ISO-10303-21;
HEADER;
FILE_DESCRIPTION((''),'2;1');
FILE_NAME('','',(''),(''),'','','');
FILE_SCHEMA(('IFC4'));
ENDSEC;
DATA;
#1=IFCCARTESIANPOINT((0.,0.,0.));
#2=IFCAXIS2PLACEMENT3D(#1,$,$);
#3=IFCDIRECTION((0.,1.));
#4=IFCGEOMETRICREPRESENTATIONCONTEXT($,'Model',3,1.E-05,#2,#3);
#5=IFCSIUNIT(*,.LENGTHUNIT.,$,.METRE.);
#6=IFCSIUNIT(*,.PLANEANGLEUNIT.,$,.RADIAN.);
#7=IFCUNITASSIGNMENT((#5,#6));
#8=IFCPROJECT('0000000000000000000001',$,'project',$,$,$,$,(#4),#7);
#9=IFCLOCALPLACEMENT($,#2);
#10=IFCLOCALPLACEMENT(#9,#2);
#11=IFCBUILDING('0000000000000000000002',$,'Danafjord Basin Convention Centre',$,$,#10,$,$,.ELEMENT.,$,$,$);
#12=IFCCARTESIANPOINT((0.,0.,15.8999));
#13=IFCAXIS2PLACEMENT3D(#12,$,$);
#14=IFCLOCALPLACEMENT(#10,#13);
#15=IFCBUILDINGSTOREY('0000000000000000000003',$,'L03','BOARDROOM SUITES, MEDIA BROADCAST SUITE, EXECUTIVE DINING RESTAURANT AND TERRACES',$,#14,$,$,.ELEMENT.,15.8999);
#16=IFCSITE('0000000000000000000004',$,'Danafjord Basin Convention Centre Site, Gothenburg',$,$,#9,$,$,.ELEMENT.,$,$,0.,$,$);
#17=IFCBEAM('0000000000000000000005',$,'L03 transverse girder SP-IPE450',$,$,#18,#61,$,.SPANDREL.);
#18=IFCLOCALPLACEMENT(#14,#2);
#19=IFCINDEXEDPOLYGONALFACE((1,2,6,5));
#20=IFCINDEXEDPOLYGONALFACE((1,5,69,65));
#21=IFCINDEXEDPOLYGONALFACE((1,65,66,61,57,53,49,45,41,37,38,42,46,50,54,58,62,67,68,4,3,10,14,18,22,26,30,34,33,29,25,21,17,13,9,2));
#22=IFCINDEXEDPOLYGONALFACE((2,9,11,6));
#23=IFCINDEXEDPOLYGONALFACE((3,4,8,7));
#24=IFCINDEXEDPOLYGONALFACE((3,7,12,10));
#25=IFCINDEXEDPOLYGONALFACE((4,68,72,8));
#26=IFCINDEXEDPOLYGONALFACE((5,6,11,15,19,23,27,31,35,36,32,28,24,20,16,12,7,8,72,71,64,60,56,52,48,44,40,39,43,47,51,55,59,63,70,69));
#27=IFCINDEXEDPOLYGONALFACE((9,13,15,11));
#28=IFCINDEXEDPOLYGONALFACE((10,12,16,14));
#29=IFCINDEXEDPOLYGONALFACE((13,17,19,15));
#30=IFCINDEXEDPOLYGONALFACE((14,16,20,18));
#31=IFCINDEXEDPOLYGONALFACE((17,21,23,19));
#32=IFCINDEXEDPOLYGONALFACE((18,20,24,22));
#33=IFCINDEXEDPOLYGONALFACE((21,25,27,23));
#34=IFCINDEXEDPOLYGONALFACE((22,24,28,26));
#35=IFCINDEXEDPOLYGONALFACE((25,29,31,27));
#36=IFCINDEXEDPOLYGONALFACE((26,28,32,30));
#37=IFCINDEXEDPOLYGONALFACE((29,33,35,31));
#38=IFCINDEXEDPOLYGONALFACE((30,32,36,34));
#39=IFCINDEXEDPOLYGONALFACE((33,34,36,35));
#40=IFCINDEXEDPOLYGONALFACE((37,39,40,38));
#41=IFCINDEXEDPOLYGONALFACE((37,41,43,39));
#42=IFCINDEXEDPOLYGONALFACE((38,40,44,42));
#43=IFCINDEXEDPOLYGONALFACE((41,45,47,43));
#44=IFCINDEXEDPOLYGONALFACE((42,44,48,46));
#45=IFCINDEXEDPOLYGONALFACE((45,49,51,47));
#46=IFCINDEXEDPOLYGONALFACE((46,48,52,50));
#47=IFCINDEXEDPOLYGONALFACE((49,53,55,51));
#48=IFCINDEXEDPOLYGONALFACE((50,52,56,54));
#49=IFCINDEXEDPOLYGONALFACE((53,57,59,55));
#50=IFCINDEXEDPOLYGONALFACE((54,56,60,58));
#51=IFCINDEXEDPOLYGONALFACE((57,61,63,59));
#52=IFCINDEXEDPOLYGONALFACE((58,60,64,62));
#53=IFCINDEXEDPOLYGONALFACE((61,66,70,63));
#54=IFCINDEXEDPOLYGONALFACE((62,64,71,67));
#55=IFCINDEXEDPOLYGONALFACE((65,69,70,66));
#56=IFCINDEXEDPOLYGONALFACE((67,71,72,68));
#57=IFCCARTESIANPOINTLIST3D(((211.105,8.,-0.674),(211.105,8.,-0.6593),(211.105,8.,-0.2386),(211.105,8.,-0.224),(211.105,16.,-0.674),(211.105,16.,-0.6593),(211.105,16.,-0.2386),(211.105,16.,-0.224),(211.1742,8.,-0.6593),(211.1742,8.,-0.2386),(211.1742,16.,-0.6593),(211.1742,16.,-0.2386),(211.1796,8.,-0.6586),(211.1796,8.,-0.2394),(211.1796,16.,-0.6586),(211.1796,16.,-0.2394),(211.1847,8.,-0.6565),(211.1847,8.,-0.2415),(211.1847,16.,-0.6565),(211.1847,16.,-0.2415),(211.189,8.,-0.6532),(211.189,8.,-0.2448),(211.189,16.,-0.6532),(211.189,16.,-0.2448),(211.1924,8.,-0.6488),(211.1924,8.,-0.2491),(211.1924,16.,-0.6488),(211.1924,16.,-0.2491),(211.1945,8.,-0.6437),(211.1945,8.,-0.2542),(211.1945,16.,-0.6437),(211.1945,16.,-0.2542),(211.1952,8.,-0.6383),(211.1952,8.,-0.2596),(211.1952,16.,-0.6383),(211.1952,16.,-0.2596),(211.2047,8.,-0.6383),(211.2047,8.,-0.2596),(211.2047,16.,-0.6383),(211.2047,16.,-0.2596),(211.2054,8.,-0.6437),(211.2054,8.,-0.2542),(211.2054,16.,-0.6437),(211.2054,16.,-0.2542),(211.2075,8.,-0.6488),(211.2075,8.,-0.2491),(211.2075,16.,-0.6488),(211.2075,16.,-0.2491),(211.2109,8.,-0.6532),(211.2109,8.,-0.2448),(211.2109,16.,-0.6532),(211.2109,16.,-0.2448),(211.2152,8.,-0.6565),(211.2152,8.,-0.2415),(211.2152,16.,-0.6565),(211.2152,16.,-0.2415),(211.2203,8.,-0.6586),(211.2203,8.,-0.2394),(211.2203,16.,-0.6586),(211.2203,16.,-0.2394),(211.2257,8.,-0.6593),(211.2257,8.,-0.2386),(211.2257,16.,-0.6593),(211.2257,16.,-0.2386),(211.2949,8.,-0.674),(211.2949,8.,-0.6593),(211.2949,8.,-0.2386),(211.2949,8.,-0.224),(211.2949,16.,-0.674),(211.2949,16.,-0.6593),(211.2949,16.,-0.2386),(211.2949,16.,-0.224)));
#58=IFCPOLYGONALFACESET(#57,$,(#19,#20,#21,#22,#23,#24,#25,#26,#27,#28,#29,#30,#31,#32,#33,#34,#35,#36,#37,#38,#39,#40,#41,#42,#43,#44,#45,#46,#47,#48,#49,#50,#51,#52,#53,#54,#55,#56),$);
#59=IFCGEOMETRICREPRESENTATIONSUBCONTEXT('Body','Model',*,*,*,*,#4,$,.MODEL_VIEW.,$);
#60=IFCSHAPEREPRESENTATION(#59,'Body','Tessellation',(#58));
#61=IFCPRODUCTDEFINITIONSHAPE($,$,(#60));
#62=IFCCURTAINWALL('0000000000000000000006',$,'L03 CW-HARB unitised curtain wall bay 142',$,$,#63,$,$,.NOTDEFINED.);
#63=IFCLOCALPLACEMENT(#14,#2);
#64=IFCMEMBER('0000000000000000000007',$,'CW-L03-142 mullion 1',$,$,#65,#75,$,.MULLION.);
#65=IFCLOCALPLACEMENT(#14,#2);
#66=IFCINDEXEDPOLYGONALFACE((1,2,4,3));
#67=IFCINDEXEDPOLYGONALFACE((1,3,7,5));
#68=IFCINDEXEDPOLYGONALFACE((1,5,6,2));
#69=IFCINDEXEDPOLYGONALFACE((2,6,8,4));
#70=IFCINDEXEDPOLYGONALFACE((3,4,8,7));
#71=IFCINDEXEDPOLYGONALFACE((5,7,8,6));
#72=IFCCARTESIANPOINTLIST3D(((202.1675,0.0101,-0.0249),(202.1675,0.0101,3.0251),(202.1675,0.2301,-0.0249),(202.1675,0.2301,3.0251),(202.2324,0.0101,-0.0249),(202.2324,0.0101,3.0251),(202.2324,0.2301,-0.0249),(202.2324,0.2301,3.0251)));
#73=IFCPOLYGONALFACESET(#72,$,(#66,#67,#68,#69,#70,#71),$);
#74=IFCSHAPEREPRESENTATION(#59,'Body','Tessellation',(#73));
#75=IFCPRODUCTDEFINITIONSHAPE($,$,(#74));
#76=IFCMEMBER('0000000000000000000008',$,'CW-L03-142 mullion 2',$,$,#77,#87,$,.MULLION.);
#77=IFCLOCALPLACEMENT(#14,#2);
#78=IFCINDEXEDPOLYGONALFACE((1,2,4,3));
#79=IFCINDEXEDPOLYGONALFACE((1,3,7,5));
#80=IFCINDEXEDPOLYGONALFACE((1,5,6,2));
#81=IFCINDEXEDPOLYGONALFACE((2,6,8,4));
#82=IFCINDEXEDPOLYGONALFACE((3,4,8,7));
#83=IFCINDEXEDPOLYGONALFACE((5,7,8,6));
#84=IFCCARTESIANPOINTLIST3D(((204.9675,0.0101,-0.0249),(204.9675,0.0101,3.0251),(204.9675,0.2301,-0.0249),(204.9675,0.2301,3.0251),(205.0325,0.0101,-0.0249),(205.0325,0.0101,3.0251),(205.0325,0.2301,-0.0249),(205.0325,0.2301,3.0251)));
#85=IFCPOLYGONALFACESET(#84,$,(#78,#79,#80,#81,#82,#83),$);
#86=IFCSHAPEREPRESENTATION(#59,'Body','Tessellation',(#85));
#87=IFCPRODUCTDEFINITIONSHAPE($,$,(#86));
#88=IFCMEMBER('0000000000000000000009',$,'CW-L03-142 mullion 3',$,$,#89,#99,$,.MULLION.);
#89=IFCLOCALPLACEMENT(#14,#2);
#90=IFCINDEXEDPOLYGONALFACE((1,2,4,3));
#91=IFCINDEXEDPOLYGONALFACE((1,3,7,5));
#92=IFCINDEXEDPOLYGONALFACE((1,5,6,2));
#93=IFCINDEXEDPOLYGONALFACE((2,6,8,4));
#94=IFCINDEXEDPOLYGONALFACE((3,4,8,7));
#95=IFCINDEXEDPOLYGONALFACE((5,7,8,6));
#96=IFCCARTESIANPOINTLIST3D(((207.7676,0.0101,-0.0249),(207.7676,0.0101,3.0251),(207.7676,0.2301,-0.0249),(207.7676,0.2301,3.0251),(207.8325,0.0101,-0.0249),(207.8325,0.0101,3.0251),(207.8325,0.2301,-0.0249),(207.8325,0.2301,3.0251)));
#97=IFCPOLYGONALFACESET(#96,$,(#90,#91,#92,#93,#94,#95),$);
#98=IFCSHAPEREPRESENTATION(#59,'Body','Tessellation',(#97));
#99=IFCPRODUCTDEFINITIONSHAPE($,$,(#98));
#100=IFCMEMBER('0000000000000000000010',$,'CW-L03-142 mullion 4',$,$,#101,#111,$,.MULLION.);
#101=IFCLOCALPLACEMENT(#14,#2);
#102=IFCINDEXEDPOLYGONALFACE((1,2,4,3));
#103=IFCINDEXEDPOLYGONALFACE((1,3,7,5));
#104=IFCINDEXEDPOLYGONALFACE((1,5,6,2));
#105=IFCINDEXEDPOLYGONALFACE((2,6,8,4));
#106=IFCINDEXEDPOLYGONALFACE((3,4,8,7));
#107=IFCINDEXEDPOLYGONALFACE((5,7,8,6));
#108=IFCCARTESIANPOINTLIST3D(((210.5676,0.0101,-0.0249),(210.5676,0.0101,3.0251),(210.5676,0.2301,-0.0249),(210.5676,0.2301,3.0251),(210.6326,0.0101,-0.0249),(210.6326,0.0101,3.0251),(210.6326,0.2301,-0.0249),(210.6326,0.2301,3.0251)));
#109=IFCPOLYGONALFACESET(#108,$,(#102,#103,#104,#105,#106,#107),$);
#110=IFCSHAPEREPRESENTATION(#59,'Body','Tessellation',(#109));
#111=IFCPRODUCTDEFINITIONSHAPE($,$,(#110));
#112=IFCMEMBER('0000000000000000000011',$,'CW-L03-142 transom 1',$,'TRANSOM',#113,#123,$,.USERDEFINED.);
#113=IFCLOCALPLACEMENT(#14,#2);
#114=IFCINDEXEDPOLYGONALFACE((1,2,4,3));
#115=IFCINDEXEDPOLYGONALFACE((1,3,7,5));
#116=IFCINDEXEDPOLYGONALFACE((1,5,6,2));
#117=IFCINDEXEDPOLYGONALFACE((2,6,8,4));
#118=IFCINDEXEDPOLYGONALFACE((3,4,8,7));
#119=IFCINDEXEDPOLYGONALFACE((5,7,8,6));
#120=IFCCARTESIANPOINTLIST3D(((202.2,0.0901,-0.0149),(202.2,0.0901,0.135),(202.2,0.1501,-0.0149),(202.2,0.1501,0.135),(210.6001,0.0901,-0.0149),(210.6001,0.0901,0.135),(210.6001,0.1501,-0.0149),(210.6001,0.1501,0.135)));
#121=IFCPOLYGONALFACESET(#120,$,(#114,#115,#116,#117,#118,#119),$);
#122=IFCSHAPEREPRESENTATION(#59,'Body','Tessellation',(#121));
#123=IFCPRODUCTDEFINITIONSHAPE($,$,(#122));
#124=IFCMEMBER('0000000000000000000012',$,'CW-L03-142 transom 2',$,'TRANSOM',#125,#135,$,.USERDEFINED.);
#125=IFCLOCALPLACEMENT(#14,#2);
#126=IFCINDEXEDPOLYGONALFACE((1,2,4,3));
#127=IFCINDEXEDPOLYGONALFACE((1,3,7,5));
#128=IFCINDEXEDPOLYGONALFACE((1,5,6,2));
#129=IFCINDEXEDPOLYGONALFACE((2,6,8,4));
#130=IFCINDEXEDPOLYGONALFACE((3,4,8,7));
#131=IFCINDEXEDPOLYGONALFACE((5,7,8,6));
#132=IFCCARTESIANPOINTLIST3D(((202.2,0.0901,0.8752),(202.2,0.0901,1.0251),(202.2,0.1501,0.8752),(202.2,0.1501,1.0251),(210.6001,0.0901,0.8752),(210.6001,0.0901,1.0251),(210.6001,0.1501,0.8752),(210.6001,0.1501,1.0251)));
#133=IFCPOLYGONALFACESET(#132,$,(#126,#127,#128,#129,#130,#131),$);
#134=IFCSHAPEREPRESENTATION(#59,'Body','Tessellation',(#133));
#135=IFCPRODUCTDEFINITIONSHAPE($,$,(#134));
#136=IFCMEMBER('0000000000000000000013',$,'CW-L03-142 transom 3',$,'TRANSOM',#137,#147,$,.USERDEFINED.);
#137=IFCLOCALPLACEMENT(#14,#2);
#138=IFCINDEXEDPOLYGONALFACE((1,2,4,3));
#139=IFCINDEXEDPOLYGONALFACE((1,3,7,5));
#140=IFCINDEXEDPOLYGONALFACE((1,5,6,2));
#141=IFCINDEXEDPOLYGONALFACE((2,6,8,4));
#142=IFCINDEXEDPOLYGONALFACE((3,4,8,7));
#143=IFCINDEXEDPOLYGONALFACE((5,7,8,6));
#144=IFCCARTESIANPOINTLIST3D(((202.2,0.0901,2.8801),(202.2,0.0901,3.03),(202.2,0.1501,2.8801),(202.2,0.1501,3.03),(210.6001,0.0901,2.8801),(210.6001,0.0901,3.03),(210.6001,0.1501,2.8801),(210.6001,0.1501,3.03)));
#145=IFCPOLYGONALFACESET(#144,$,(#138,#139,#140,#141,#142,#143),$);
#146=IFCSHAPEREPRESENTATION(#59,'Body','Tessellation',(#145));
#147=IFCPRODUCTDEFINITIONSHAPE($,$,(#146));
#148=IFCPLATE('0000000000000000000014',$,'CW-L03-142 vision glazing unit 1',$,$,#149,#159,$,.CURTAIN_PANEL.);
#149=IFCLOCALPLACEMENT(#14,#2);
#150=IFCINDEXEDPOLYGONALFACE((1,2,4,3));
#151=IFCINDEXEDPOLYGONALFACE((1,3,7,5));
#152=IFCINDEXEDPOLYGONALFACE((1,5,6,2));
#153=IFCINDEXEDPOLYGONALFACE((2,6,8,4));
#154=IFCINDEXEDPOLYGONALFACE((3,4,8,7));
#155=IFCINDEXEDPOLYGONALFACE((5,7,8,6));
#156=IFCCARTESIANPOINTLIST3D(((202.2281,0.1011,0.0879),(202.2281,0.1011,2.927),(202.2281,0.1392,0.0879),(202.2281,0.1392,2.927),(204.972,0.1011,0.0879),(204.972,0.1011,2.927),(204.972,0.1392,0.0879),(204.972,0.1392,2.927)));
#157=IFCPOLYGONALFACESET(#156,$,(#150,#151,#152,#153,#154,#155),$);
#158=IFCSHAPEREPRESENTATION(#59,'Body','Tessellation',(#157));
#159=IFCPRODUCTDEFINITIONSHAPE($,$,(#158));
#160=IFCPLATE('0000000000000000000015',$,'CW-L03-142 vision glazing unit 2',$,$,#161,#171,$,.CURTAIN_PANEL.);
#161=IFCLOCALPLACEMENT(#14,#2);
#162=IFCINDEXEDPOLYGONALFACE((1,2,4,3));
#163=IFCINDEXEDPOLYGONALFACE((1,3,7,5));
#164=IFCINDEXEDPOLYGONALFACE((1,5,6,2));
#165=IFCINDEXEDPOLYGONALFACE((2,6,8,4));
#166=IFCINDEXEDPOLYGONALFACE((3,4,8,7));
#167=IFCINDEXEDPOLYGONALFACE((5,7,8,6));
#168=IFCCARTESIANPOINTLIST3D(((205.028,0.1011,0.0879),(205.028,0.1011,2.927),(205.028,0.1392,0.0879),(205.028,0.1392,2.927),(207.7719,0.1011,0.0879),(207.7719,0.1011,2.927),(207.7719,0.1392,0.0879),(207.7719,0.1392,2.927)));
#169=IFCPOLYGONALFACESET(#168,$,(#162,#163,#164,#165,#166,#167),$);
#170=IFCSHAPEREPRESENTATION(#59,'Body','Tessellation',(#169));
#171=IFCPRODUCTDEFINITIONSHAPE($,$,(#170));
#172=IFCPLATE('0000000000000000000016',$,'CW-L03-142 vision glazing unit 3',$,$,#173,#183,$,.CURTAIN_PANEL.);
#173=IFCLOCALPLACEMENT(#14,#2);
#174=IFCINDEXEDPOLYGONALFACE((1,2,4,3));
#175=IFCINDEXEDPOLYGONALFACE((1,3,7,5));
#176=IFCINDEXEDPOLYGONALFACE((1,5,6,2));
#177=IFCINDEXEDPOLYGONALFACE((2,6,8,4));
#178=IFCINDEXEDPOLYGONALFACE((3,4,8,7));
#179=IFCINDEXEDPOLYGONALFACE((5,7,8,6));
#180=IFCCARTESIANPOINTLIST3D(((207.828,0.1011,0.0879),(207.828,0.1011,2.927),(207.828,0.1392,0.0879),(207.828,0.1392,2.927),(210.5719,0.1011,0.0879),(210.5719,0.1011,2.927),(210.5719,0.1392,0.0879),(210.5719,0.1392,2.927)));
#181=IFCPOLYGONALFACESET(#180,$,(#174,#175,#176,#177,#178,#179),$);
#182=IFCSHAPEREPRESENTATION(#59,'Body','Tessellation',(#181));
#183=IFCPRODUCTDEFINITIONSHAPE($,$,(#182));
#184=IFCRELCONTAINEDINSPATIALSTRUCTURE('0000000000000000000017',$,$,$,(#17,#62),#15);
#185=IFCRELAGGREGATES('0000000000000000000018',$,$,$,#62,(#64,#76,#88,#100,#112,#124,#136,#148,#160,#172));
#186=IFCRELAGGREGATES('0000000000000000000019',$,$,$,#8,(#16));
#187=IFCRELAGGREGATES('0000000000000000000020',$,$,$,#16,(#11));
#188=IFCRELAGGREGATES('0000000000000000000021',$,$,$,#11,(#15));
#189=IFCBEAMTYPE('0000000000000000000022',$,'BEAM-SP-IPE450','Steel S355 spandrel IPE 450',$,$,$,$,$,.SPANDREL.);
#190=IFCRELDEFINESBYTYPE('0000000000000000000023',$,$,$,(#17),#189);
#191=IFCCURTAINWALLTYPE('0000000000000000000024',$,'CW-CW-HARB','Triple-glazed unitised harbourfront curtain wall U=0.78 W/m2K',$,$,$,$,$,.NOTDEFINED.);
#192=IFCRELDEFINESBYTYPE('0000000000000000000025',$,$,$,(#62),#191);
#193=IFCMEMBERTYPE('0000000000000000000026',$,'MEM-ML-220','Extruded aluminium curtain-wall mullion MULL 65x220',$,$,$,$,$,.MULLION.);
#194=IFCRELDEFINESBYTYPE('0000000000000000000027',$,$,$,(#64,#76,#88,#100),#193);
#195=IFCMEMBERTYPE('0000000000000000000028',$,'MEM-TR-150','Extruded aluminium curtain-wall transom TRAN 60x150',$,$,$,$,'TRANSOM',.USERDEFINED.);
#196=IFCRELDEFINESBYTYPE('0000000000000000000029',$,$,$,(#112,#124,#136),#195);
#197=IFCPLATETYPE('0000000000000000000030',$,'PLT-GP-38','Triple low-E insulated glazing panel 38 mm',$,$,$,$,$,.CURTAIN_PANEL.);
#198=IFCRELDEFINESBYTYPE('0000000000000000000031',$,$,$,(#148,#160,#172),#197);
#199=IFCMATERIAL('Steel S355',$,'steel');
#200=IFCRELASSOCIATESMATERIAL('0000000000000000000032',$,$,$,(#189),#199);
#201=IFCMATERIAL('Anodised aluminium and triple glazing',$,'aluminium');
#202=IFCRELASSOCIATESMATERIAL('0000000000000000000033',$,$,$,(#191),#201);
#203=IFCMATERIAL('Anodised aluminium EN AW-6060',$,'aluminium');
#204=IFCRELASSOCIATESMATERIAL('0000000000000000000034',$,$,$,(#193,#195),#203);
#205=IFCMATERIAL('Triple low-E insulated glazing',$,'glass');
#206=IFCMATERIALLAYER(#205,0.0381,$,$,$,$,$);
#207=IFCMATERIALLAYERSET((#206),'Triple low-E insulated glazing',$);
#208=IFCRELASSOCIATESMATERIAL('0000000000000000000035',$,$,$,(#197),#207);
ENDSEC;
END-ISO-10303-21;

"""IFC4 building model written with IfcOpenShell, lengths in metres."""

from ifc_helpers import new_model, si_unit, direction, frame, origin, origin_2d, place, context, subcontext, project, spatial, rectangle, i_section, extrude, material, layer, layer_set, material_profile, profile_set, type_object, element, aggregate, save


model = new_model("IFC4")

# Units and contexts
model_context = context("Model", 3, precision=1e-05, world=origin(), true_north=direction((0.0, 1.0)))
body_context = subcontext(model_context, "Body", "Model", "MODEL_VIEW")
ifc_project = project(units=[si_unit("LENGTHUNIT", "METRE"), si_unit("PLANEANGLEUNIT", "RADIAN")], contexts=[model_context])

# Site, building, storey
site_placement = place(None, origin())
site = spatial("IfcSite", under=ifc_project, at=site_placement, Name="Danafjord Basin Convention Centre Site, Gothenburg", CompositionType="ELEMENT", RefElevation=0.0)
building_placement = place(site_placement, origin())
building = spatial("IfcBuilding", under=site, at=building_placement, Name="Danafjord Basin Convention Centre", CompositionType="ELEMENT")
storey_placement = place(building_placement, frame((0.0, 0.0, 15.8999)))
storey = spatial("IfcBuildingStorey", under=building, at=storey_placement, Name="L03", Description="BOARDROOM SUITES, MEDIA BROADCAST SUITE, EXECUTIVE DINING RESTAURANT AND TERRACES", CompositionType="ELEMENT", Elevation=15.8999)

# Shared definitions
ifc_material_1 = material(Name="Steel S355", Category="steel")

# Beam
ifc_material_profile_1 = material_profile(ifc_material_1, i_section(OverallWidth=0.1899, OverallDepth=0.45, WebThickness=0.0095, FlangeThickness=0.0146, FilletRadius=0.021, at=origin_2d()), Name="IPE 450")
ifc_profile_set_1 = profile_set([ifc_material_profile_1], Name="Steel S355")
beam_type_1 = type_object("IfcBeamType", Name="BEAM-SP-IPE450", Description="Steel S355 spandrel IPE 450", PredefinedType="SPANDREL", material=ifc_profile_set_1)
beam_1_placement = place(storey_placement, frame((211.2, 8.0, -0.449), z_axis=(0.0, 1.0, 0.0), x_axis=(-1.0, 0.0, 0.0)))
element("IfcBeam", 1, at=beam_1_placement, inside=storey, type_object=beam_type_1, Name="L03 transverse girder SP-IPE450", PredefinedType="SPANDREL", context=body_context, shape_type="SweptSolid", body=[
    extrude(i_section(OverallWidth=0.1899, OverallDepth=0.45, WebThickness=0.0095, FlangeThickness=0.0146, FilletRadius=0.021, at=origin_2d()), origin(), (0.0, 0.0, 1.0), 8.0),
])

# Curtain wall, members, plates
ifc_material_2 = material(Name="Anodised aluminium and triple glazing", Category="aluminium")
curtain_wall_type = type_object("IfcCurtainWallType", Name="CW-CW-HARB", Description="Triple-glazed unitised harbourfront curtain wall U=0.78 W/m2K", PredefinedType="NOTDEFINED", material=ifc_material_2)
curtain_wall_placement = place(storey_placement, origin())
curtain_wall = element("IfcCurtainWall", 2, at=curtain_wall_placement, inside=storey, type_object=curtain_wall_type, Name="L03 CW-HARB unitised curtain wall bay 142", PredefinedType="NOTDEFINED")
ifc_material_3 = material(Name="Anodised aluminium EN AW-6060", Category="aluminium")
ifc_material_profile_2 = material_profile(ifc_material_3, rectangle(XDim=0.0649, YDim=0.22, at=origin_2d()), Name="MULL 65x220")
ifc_profile_set_2 = profile_set([ifc_material_profile_2], Name="Anodised aluminium EN AW-6060")
member_type_1 = type_object("IfcMemberType", Name="MEM-ML-220", Description="Extruded aluminium curtain-wall mullion MULL 65x220", PredefinedType="MULLION", material=ifc_profile_set_2)
member_1_placement = place(storey_placement, frame((202.2, 0.1201, -0.0249), z_axis=(0.0, 0.0, 1.0), x_axis=(1.0, 0.0, 0.0)))
member_1 = element("IfcMember", 3, at=member_1_placement, type_object=member_type_1, Name="CW-L03-142 mullion 1", PredefinedType="MULLION", context=body_context, shape_type="SweptSolid", body=[
    extrude(rectangle(XDim=0.0649, YDim=0.22, at=origin_2d()), origin(), (0.0, 0.0, 1.0), 3.05),
])
member_2_placement = place(storey_placement, frame((205.0, 0.1201, -0.0249), z_axis=(0.0, 0.0, 1.0), x_axis=(1.0, 0.0, 0.0)))
member_2 = element("IfcMember", 4, at=member_2_placement, type_object=member_type_1, Name="CW-L03-142 mullion 2", PredefinedType="MULLION", context=body_context, shape_type="SweptSolid", body=[
    extrude(rectangle(XDim=0.0649, YDim=0.22, at=origin_2d()), origin(), (0.0, 0.0, 1.0), 3.05),
])
member_3_placement = place(storey_placement, frame((207.8, 0.1201, -0.0249), z_axis=(0.0, 0.0, 1.0), x_axis=(1.0, 0.0, 0.0)))
member_3 = element("IfcMember", 5, at=member_3_placement, type_object=member_type_1, Name="CW-L03-142 mullion 3", PredefinedType="MULLION", context=body_context, shape_type="SweptSolid", body=[
    extrude(rectangle(XDim=0.0649, YDim=0.22, at=origin_2d()), origin(), (0.0, 0.0, 1.0), 3.05),
])
member_4_placement = place(storey_placement, frame((210.6001, 0.1201, -0.0249), z_axis=(0.0, 0.0, 1.0), x_axis=(1.0, 0.0, 0.0)))
member_4 = element("IfcMember", 6, at=member_4_placement, type_object=member_type_1, Name="CW-L03-142 mullion 4", PredefinedType="MULLION", context=body_context, shape_type="SweptSolid", body=[
    extrude(rectangle(XDim=0.0649, YDim=0.22, at=origin_2d()), origin(), (0.0, 0.0, 1.0), 3.05),
])
ifc_material_profile_3 = material_profile(ifc_material_3, rectangle(XDim=0.0601, YDim=0.1499, at=origin_2d()), Name="TRAN 60x150")
ifc_profile_set_3 = profile_set([ifc_material_profile_3], Name="Anodised aluminium EN AW-6060")
member_type_2 = type_object("IfcMemberType", Name="MEM-TR-150", Description="Extruded aluminium curtain-wall transom TRAN 60x150", ElementType="TRANSOM", PredefinedType="USERDEFINED", material=ifc_profile_set_3)
member_5_placement = place(storey_placement, frame((202.2, 0.1201, 0.0601), z_axis=(1.0, 0.0, 0.0), x_axis=(0.0, 1.0, 0.0)))
member_5 = element("IfcMember", 7, at=member_5_placement, type_object=member_type_2, Name="CW-L03-142 transom 1", ObjectType="TRANSOM", PredefinedType="USERDEFINED", context=body_context, shape_type="SweptSolid", body=[
    extrude(rectangle(XDim=0.0601, YDim=0.1499, at=origin_2d()), origin(), (0.0, 0.0, 1.0), 8.4001),
])
member_6_placement = place(storey_placement, frame((202.2, 0.1201, 0.9502), z_axis=(1.0, 0.0, 0.0), x_axis=(0.0, 1.0, 0.0)))
member_6 = element("IfcMember", 8, at=member_6_placement, type_object=member_type_2, Name="CW-L03-142 transom 2", ObjectType="TRANSOM", PredefinedType="USERDEFINED", context=body_context, shape_type="SweptSolid", body=[
    extrude(rectangle(XDim=0.0601, YDim=0.1499, at=origin_2d()), origin(), (0.0, 0.0, 1.0), 8.4001),
])
member_7_placement = place(storey_placement, frame((202.2, 0.1201, 2.9551), z_axis=(1.0, 0.0, 0.0), x_axis=(0.0, 1.0, 0.0)))
member_7 = element("IfcMember", 9, at=member_7_placement, type_object=member_type_2, Name="CW-L03-142 transom 3", ObjectType="TRANSOM", PredefinedType="USERDEFINED", context=body_context, shape_type="SweptSolid", body=[
    extrude(rectangle(XDim=0.0601, YDim=0.1499, at=origin_2d()), origin(), (0.0, 0.0, 1.0), 8.4001),
])
ifc_material_4 = material(Name="Triple low-E insulated glazing", Category="glass")
ifc_layer_1 = layer(ifc_material_4, 0.0381)
ifc_layer_set_1 = layer_set([ifc_layer_1], Name="Triple low-E insulated glazing")
plate_type = type_object("IfcPlateType", Name="PLT-GP-38", Description="Triple low-E insulated glazing panel 38 mm", PredefinedType="CURTAIN_PANEL", material=ifc_layer_set_1)
plate_1_placement = place(storey_placement, frame((203.6001, 0.1201, 0.0879), z_axis=(0.0, 0.0, 1.0), x_axis=(1.0, 0.0, 0.0)))
plate_1 = element("IfcPlate", 10, at=plate_1_placement, type_object=plate_type, Name="CW-L03-142 vision glazing unit 1", PredefinedType="CURTAIN_PANEL", context=body_context, shape_type="SweptSolid", body=[
    extrude(rectangle(XDim=2.7439, YDim=0.0381, at=origin_2d()), origin(), (0.0, 0.0, 1.0), 2.8391),
])
plate_2_placement = place(storey_placement, frame((206.3999, 0.1201, 0.0879), z_axis=(0.0, 0.0, 1.0), x_axis=(1.0, 0.0, 0.0)))
plate_2 = element("IfcPlate", 11, at=plate_2_placement, type_object=plate_type, Name="CW-L03-142 vision glazing unit 2", PredefinedType="CURTAIN_PANEL", context=body_context, shape_type="SweptSolid", body=[
    extrude(rectangle(XDim=2.7439, YDim=0.0381, at=origin_2d()), origin(), (0.0, 0.0, 1.0), 2.8391),
])
plate_3_placement = place(storey_placement, frame((209.2, 0.1201, 0.0879), z_axis=(0.0, 0.0, 1.0), x_axis=(1.0, 0.0, 0.0)))
plate_3 = element("IfcPlate", 12, at=plate_3_placement, type_object=plate_type, Name="CW-L03-142 vision glazing unit 3", PredefinedType="CURTAIN_PANEL", context=body_context, shape_type="SweptSolid", body=[
    extrude(rectangle(XDim=2.7439, YDim=0.0381, at=origin_2d()), origin(), (0.0, 0.0, 1.0), 2.8391),
])
aggregate(curtain_wall, [member_1, member_2, member_3, member_4, member_5, member_6, member_7, plate_1, plate_2, plate_3])

save(model, "model.ifc")
